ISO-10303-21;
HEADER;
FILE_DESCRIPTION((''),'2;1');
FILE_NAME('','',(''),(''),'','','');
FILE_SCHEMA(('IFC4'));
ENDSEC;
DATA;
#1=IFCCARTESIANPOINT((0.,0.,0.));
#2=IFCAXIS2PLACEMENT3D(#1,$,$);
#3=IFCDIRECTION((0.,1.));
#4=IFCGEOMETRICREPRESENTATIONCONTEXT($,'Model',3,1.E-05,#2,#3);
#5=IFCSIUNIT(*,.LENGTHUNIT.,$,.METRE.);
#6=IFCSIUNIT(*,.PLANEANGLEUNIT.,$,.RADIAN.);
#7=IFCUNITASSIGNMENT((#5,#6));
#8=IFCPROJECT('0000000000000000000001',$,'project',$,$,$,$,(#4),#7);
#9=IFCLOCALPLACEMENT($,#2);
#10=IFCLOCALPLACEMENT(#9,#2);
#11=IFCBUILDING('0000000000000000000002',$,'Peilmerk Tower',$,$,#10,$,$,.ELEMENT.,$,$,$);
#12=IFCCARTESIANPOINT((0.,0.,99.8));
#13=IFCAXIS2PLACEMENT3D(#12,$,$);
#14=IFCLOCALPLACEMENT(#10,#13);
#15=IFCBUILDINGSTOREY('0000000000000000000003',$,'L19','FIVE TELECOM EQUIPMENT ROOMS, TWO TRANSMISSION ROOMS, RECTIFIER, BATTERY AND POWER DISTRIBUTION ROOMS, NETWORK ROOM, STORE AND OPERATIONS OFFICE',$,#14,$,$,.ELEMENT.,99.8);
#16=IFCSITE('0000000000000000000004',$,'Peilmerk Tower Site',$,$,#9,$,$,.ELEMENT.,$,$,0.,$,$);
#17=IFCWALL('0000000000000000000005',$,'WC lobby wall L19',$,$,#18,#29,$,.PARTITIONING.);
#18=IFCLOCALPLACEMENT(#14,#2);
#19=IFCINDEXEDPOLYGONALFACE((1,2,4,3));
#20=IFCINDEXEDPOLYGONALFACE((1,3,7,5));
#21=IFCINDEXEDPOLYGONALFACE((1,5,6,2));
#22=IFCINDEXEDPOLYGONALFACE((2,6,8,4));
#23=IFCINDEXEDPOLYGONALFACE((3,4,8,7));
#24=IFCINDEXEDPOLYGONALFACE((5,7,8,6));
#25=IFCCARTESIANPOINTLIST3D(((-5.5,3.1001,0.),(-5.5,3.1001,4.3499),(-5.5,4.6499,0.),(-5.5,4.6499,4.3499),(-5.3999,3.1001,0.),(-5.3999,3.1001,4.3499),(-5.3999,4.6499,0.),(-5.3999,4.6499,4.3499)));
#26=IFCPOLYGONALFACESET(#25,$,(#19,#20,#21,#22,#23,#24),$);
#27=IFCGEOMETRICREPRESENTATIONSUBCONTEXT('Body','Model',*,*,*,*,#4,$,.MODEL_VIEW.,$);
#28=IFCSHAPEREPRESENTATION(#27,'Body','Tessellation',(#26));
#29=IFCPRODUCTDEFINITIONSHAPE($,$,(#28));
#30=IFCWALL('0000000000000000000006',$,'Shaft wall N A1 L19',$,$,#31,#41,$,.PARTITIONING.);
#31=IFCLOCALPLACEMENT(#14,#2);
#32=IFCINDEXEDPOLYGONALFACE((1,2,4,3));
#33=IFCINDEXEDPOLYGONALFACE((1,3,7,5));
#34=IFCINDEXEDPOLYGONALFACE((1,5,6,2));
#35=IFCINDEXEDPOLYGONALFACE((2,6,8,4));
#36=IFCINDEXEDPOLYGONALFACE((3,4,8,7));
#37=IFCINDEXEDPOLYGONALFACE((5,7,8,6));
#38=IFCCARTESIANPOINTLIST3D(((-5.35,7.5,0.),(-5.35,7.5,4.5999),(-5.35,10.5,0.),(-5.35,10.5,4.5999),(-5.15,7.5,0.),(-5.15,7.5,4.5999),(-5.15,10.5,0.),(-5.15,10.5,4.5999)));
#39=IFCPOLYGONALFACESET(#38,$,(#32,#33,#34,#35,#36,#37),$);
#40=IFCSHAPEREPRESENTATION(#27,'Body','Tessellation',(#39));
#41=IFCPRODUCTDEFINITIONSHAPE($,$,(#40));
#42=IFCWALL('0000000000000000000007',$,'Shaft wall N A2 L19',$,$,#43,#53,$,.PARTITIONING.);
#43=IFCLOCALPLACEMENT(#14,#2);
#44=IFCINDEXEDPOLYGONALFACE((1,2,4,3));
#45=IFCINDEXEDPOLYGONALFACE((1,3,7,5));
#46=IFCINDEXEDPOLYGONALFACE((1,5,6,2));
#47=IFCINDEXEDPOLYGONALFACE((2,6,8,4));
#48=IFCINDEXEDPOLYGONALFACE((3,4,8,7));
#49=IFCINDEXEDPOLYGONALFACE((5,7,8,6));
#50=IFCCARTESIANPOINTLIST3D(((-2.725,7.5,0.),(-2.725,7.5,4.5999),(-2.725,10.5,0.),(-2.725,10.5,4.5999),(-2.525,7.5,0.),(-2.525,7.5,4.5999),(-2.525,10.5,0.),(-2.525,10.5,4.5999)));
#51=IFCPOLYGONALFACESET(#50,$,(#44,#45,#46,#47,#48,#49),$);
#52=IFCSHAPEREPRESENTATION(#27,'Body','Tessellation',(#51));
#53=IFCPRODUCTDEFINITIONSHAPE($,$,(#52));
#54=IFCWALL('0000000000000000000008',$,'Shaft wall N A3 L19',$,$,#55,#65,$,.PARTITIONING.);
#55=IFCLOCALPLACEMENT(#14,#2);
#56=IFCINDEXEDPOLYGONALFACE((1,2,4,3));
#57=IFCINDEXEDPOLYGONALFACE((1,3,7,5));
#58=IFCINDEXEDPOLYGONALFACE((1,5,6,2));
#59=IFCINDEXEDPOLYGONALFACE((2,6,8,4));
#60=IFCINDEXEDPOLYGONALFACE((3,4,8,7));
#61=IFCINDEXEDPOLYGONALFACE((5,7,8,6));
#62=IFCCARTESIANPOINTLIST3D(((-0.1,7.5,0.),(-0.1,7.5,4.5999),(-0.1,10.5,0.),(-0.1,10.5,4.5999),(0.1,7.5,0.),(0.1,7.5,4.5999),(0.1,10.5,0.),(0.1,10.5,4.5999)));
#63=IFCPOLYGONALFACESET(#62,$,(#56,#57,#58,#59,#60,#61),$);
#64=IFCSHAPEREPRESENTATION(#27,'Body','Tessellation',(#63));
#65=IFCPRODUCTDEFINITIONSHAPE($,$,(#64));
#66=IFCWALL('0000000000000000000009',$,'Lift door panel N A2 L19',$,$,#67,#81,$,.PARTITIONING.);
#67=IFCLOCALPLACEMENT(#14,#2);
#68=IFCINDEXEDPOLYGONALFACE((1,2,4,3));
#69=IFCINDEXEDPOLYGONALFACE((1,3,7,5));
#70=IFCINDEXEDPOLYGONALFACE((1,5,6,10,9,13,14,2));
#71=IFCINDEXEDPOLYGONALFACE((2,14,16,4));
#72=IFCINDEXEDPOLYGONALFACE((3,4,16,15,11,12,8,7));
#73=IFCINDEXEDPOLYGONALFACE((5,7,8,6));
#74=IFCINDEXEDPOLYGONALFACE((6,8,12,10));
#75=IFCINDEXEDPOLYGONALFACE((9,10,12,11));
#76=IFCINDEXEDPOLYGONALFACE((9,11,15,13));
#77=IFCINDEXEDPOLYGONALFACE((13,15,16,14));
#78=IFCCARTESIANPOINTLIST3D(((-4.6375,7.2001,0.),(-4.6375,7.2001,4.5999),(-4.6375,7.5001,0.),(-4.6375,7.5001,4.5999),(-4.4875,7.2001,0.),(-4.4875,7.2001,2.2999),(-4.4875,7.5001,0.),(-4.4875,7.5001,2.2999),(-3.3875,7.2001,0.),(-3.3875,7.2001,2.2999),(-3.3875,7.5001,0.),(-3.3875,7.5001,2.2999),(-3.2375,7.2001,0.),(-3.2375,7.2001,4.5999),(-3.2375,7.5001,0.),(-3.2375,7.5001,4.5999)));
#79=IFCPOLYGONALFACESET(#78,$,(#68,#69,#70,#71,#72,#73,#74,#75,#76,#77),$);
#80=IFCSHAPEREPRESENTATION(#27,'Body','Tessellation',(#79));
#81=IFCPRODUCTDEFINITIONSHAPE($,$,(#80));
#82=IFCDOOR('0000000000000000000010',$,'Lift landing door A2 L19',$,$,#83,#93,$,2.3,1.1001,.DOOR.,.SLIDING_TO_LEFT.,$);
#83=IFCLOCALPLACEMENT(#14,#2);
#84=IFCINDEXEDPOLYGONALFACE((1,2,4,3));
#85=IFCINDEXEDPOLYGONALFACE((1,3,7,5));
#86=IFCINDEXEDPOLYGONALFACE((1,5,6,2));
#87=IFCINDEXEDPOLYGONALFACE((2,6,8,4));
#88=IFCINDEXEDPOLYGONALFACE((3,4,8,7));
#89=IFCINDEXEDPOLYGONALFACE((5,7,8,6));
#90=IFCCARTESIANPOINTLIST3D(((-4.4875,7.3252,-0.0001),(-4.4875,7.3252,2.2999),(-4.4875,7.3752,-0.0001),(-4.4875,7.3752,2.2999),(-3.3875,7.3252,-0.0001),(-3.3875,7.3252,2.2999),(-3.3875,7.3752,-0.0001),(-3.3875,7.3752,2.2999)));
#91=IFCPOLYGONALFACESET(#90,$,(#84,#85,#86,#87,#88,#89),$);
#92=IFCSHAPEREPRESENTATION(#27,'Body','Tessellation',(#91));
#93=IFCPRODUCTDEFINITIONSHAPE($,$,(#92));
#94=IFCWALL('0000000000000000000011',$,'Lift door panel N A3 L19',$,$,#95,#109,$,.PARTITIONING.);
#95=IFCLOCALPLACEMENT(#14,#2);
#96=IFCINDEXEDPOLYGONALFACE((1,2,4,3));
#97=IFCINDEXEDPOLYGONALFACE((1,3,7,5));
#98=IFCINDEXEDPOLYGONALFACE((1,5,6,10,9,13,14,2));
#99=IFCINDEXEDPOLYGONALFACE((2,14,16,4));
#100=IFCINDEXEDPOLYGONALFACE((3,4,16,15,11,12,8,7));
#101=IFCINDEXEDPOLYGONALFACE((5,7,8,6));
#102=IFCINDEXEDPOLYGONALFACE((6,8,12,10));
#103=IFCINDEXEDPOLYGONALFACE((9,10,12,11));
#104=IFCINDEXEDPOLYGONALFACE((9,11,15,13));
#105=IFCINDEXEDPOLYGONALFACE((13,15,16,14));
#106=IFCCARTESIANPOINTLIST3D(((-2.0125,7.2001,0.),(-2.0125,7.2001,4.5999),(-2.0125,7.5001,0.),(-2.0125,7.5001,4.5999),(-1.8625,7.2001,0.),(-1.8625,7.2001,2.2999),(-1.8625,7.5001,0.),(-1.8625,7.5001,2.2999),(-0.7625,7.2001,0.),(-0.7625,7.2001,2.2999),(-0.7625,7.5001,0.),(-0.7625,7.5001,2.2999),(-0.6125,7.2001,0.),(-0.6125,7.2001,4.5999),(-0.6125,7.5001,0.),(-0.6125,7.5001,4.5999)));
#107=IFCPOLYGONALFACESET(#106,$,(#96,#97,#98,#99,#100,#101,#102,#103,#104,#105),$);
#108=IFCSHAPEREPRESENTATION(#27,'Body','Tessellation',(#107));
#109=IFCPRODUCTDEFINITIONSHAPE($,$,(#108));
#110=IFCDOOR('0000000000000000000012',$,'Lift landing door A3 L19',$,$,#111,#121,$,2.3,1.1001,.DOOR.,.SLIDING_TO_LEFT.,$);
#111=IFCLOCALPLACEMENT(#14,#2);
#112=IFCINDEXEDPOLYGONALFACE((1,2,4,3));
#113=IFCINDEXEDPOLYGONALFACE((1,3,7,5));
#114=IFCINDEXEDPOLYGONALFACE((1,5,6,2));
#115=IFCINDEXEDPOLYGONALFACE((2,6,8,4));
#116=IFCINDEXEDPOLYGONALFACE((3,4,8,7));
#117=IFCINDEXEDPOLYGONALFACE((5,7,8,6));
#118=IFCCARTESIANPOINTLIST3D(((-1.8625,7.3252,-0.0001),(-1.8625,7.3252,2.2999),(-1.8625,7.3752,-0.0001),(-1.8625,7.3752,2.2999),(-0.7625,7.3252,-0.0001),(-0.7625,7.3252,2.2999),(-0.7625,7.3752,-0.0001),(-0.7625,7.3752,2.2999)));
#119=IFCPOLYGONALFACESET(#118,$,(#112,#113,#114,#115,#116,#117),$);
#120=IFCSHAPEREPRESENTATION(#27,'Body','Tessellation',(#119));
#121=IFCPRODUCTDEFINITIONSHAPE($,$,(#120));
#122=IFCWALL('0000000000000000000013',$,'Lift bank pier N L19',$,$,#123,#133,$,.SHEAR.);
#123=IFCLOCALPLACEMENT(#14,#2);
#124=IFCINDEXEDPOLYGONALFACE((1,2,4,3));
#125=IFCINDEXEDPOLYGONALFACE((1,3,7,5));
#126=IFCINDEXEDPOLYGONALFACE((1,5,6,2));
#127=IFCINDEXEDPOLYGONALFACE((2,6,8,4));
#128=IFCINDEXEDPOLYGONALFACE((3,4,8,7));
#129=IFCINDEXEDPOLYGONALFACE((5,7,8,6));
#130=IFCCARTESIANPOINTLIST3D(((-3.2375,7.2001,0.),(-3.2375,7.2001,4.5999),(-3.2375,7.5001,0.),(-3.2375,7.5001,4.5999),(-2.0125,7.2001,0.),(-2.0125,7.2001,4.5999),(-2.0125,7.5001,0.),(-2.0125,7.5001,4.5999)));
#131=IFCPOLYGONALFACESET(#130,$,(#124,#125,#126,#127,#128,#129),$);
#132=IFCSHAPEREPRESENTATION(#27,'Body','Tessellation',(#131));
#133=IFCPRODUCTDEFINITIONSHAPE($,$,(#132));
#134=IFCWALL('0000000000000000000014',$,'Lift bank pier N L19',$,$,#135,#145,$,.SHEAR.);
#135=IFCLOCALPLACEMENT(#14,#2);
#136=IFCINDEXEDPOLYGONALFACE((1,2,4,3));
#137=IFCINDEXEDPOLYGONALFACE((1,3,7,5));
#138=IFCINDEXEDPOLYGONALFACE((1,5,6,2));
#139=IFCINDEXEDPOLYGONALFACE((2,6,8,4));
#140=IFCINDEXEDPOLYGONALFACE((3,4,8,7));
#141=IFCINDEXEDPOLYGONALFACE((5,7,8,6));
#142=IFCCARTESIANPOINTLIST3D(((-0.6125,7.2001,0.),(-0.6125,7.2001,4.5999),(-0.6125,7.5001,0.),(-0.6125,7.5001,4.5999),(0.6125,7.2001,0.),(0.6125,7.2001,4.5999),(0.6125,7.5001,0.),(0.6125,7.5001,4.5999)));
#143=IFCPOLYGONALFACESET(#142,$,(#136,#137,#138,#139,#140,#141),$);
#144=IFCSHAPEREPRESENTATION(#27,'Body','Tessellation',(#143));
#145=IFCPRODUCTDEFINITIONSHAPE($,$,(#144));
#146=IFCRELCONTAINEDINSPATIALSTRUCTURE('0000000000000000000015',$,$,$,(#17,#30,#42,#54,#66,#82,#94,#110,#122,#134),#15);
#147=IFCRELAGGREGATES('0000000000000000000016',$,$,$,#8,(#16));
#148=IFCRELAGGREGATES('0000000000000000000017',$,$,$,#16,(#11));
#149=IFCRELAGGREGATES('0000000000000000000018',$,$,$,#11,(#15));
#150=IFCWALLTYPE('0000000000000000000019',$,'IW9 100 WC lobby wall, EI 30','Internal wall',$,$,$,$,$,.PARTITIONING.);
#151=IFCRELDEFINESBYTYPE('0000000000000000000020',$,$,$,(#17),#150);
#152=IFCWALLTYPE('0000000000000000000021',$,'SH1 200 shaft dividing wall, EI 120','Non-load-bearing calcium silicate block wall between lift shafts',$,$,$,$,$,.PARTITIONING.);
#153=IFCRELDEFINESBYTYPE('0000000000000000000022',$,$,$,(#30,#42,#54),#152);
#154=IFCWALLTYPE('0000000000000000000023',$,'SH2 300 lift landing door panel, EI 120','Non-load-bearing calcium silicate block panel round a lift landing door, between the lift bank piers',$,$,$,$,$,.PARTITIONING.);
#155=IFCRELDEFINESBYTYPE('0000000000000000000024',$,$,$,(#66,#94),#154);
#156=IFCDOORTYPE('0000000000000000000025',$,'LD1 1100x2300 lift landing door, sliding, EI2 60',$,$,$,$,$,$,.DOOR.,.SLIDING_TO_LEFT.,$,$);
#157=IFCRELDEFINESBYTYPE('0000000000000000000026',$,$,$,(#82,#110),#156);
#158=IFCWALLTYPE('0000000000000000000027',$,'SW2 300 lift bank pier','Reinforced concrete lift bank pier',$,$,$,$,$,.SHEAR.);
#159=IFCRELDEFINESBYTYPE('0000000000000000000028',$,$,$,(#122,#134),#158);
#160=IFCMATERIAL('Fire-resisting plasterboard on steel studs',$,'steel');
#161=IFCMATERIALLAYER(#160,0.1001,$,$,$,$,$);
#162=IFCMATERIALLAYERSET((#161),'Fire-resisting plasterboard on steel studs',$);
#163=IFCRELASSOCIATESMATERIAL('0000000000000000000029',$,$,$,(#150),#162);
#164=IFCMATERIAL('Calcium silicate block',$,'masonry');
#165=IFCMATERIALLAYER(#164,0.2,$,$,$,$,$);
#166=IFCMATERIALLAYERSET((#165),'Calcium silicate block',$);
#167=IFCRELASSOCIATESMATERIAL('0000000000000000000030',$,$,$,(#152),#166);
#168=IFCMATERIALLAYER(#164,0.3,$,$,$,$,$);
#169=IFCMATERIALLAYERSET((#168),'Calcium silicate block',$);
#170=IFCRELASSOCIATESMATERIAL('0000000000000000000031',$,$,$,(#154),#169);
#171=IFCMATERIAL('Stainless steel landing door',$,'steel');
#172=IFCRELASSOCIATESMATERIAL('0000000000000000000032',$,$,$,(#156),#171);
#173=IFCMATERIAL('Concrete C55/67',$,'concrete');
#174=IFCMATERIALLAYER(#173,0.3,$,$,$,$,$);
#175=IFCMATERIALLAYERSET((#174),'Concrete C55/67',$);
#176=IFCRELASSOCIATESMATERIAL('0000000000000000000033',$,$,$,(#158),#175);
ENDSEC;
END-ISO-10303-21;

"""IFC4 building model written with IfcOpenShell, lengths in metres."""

from ifc_helpers import new_model, si_unit, direction, frame, frame_2d, origin, place, context, subcontext, project, spatial, rectangle, extrude, material, layer, layer_set, type_object, element, fill, save


model = new_model("IFC4")

# Units and contexts
model_context = context("Model", 3, precision=1e-05, world=origin(), true_north=direction((0.0, 1.0)))
body_context = subcontext(model_context, "Body", "Model", "MODEL_VIEW")
ifc_project = project(units=[si_unit("LENGTHUNIT", "METRE"), si_unit("PLANEANGLEUNIT", "RADIAN")], contexts=[model_context])

# Site, building, storey
site_placement = place(None, origin())
site = spatial("IfcSite", under=ifc_project, at=site_placement, Name="Peilmerk Tower Site", CompositionType="ELEMENT", RefElevation=0.0)
building_placement = place(site_placement, origin())
building = spatial("IfcBuilding", under=site, at=building_placement, Name="Peilmerk Tower", CompositionType="ELEMENT")
storey_placement = place(building_placement, frame((0.0, 0.0, 99.8)))
storey = spatial("IfcBuildingStorey", under=building, at=storey_placement, Name="L19", Description="FIVE TELECOM EQUIPMENT ROOMS, TWO TRANSMISSION ROOMS, RECTIFIER, BATTERY AND POWER DISTRIBUTION ROOMS, NETWORK ROOM, STORE AND OPERATIONS OFFICE", CompositionType="ELEMENT", Elevation=99.8)

# Shared definitions
ifc_material_1 = material(Name="Concrete C55/67", Category="concrete")

# Shared definitions
ifc_material_2 = material(Name="Fire-resisting plasterboard on steel studs", Category="steel")
ifc_layer_1 = layer(ifc_material_2, 0.1001)
ifc_layer_set_1 = layer_set([ifc_layer_1], Name="Fire-resisting plasterboard on steel studs")
wall_type_1 = type_object("IfcWallType", Name="IW9 100 WC lobby wall, EI 30", Description="Internal wall", PredefinedType="PARTITIONING", material=ifc_layer_set_1)

# Walls
wall_1_placement = place(storey_placement, frame((-5.45, 3.1001, 0.0), z_axis=(0.0, 0.0, 1.0), x_axis=(0.0, 1.0, 0.0)))
element("IfcWall", 1, at=wall_1_placement, inside=storey, type_object=wall_type_1, Name="WC lobby wall L19", PredefinedType="PARTITIONING", context=body_context, shape_type="SweptSolid", body=[
    extrude(rectangle(XDim=1.5498, YDim=0.1001, at=frame_2d((0.7749, 0.0))), origin(), (0.0, 0.0, 1.0), 4.3499),
])
ifc_material_3 = material(Name="Calcium silicate block", Category="masonry")
ifc_layer_2 = layer(ifc_material_3, 0.2)
ifc_layer_set_2 = layer_set([ifc_layer_2], Name="Calcium silicate block")
wall_type_2 = type_object("IfcWallType", Name="SH1 200 shaft dividing wall, EI 120", Description="Non-load-bearing calcium silicate block wall between lift shafts", PredefinedType="PARTITIONING", material=ifc_layer_set_2)
for number, where, z_axis, x_axis, name in (
    (2, (-5.25, 7.5, 0.0), (0.0, 0.0, 1.0), (0.0, 1.0, 0.0), "Shaft wall N A1 L19"),
    (3, (-2.625, 7.5, 0.0), (0.0, 0.0, 1.0), (0.0, 1.0, 0.0), "Shaft wall N A2 L19"),
    (4, (0.0, 7.5, 0.0), (0.0, 0.0, 1.0), (0.0, 1.0, 0.0), "Shaft wall N A3 L19"),
):
    element("IfcWall", number, at=place(storey_placement, frame(where, z_axis=z_axis, x_axis=x_axis)), inside=storey, type_object=wall_type_2, Name=name, PredefinedType="PARTITIONING", context=body_context, shape_type="SweptSolid", body=[
        extrude(rectangle(XDim=3.0, YDim=0.2, at=frame_2d((1.5, 0.0))), origin(), (0.0, 0.0, 1.0), 4.5999),
    ])

# Walls, openings, doors
ifc_layer_3 = layer(ifc_material_3, 0.3)
ifc_layer_set_3 = layer_set([ifc_layer_3], Name="Calcium silicate block")
wall_type_3 = type_object("IfcWallType", Name="SH2 300 lift landing door panel, EI 120", Description="Non-load-bearing calcium silicate block panel round a lift landing door, between the lift bank piers", PredefinedType="PARTITIONING", material=ifc_layer_set_3)
wall_2_placement = place(storey_placement, frame((-4.6375, 7.3501, 0.0), z_axis=(0.0, 0.0, 1.0), x_axis=(1.0, 0.0, 0.0)))
wall_2 = element("IfcWall", 5, at=wall_2_placement, inside=storey, type_object=wall_type_3, Name="Lift door panel N A2 L19", PredefinedType="PARTITIONING", context=body_context, shape_type="SweptSolid", body=[
    extrude(rectangle(XDim=1.3999, YDim=0.3, at=frame_2d((0.7, 0.0))), origin(), (0.0, 0.0, 1.0), 4.5999),
])
opening_1_placement = place(wall_2_placement, frame((0.1499, 0.0, 0.0)))
opening_1 = element("IfcOpeningElement", 6, at=opening_1_placement, cuts=wall_2, PredefinedType="OPENING", context=body_context, shape_type="SweptSolid", body=[
    extrude(rectangle(XDim=1.1001, YDim=2.3, at=frame_2d((0.55, 1.1499))), frame((0.0, 0.1599, 0.0), z_axis=(0.0, -1.0, 0.0), x_axis=(1.0, 0.0, 0.0)), (0.0, 0.0, 1.0), 0.3201),
])
ifc_material_4 = material(Name="Stainless steel landing door", Category="steel")
door_type_1 = type_object("IfcDoorType", Name="LD1 1100x2300 lift landing door, sliding, EI2 60", OperationType="SLIDING_TO_LEFT", PredefinedType="DOOR", material=ifc_material_4)
door_1_placement = place(opening_1_placement, frame((1.1001, 0.0, 0.0), z_axis=(0.0, 0.0, 1.0), x_axis=(-1.0, 0.0, 0.0)))
door_1 = element("IfcDoor", 7, at=door_1_placement, inside=storey, type_object=door_type_1, Name="Lift landing door A2 L19", OperationType="SLIDING_TO_LEFT", OverallHeight=2.3, OverallWidth=1.1001, PredefinedType="DOOR", context=body_context, shape_type="SweptSolid", body=[
    extrude(rectangle(XDim=1.1001, YDim=2.3, at=frame_2d((0.55, 1.1499))), frame((0.0, 0.0249, 0.0), z_axis=(0.0, -1.0, 0.0), x_axis=(1.0, 0.0, 0.0)), (0.0, 0.0, 1.0), 0.05),
])
fill(opening_1, door_1)
wall_3_placement = place(storey_placement, frame((-2.0125, 7.3501, 0.0), z_axis=(0.0, 0.0, 1.0), x_axis=(1.0, 0.0, 0.0)))
wall_3 = element("IfcWall", 8, at=wall_3_placement, inside=storey, type_object=wall_type_3, Name="Lift door panel N A3 L19", PredefinedType="PARTITIONING", context=body_context, shape_type="SweptSolid", body=[
    extrude(rectangle(XDim=1.3999, YDim=0.3, at=frame_2d((0.7, 0.0))), origin(), (0.0, 0.0, 1.0), 4.5999),
])
opening_2_placement = place(wall_3_placement, frame((0.1499, 0.0, 0.0)))
opening_2 = element("IfcOpeningElement", 9, at=opening_2_placement, cuts=wall_3, PredefinedType="OPENING", context=body_context, shape_type="SweptSolid", body=[
    extrude(rectangle(XDim=1.1001, YDim=2.3, at=frame_2d((0.55, 1.1499))), frame((0.0, 0.1599, 0.0), z_axis=(0.0, -1.0, 0.0), x_axis=(1.0, 0.0, 0.0)), (0.0, 0.0, 1.0), 0.3201),
])
door_2_placement = place(opening_2_placement, frame((1.1001, 0.0, 0.0), z_axis=(0.0, 0.0, 1.0), x_axis=(-1.0, 0.0, 0.0)))
door_2 = element("IfcDoor", 10, at=door_2_placement, inside=storey, type_object=door_type_1, Name="Lift landing door A3 L19", OperationType="SLIDING_TO_LEFT", OverallHeight=2.3, OverallWidth=1.1001, PredefinedType="DOOR", context=body_context, shape_type="SweptSolid", body=[
    extrude(rectangle(XDim=1.1001, YDim=2.3, at=frame_2d((0.55, 1.1499))), frame((0.0, 0.0249, 0.0), z_axis=(0.0, -1.0, 0.0), x_axis=(1.0, 0.0, 0.0)), (0.0, 0.0, 1.0), 0.05),
])
fill(opening_2, door_2)

# Walls
ifc_layer_4 = layer(ifc_material_1, 0.3)
ifc_layer_set_4 = layer_set([ifc_layer_4], Name="Concrete C55/67")
wall_type_4 = type_object("IfcWallType", Name="SW2 300 lift bank pier", Description="Reinforced concrete lift bank pier", PredefinedType="SHEAR", material=ifc_layer_set_4)
for number, where, z_axis, x_axis, name in (
    (11, (-3.2375, 7.3501, 0.0), (0.0, 0.0, 1.0), (1.0, 0.0, 0.0), "Lift bank pier N L19"),
    (12, (-0.6125, 7.3501, 0.0), (0.0, 0.0, 1.0), (1.0, 0.0, 0.0), "Lift bank pier N L19"),
):
    element("IfcWall", number, at=place(storey_placement, frame(where, z_axis=z_axis, x_axis=x_axis)), inside=storey, type_object=wall_type_4, Name=name, PredefinedType="SHEAR", context=body_context, shape_type="SweptSolid", body=[
        extrude(rectangle(XDim=1.2251, YDim=0.3, at=frame_2d((0.6125, 0.0))), origin(), (0.0, 0.0, 1.0), 4.5999),
    ])

save(model, "model.ifc")
